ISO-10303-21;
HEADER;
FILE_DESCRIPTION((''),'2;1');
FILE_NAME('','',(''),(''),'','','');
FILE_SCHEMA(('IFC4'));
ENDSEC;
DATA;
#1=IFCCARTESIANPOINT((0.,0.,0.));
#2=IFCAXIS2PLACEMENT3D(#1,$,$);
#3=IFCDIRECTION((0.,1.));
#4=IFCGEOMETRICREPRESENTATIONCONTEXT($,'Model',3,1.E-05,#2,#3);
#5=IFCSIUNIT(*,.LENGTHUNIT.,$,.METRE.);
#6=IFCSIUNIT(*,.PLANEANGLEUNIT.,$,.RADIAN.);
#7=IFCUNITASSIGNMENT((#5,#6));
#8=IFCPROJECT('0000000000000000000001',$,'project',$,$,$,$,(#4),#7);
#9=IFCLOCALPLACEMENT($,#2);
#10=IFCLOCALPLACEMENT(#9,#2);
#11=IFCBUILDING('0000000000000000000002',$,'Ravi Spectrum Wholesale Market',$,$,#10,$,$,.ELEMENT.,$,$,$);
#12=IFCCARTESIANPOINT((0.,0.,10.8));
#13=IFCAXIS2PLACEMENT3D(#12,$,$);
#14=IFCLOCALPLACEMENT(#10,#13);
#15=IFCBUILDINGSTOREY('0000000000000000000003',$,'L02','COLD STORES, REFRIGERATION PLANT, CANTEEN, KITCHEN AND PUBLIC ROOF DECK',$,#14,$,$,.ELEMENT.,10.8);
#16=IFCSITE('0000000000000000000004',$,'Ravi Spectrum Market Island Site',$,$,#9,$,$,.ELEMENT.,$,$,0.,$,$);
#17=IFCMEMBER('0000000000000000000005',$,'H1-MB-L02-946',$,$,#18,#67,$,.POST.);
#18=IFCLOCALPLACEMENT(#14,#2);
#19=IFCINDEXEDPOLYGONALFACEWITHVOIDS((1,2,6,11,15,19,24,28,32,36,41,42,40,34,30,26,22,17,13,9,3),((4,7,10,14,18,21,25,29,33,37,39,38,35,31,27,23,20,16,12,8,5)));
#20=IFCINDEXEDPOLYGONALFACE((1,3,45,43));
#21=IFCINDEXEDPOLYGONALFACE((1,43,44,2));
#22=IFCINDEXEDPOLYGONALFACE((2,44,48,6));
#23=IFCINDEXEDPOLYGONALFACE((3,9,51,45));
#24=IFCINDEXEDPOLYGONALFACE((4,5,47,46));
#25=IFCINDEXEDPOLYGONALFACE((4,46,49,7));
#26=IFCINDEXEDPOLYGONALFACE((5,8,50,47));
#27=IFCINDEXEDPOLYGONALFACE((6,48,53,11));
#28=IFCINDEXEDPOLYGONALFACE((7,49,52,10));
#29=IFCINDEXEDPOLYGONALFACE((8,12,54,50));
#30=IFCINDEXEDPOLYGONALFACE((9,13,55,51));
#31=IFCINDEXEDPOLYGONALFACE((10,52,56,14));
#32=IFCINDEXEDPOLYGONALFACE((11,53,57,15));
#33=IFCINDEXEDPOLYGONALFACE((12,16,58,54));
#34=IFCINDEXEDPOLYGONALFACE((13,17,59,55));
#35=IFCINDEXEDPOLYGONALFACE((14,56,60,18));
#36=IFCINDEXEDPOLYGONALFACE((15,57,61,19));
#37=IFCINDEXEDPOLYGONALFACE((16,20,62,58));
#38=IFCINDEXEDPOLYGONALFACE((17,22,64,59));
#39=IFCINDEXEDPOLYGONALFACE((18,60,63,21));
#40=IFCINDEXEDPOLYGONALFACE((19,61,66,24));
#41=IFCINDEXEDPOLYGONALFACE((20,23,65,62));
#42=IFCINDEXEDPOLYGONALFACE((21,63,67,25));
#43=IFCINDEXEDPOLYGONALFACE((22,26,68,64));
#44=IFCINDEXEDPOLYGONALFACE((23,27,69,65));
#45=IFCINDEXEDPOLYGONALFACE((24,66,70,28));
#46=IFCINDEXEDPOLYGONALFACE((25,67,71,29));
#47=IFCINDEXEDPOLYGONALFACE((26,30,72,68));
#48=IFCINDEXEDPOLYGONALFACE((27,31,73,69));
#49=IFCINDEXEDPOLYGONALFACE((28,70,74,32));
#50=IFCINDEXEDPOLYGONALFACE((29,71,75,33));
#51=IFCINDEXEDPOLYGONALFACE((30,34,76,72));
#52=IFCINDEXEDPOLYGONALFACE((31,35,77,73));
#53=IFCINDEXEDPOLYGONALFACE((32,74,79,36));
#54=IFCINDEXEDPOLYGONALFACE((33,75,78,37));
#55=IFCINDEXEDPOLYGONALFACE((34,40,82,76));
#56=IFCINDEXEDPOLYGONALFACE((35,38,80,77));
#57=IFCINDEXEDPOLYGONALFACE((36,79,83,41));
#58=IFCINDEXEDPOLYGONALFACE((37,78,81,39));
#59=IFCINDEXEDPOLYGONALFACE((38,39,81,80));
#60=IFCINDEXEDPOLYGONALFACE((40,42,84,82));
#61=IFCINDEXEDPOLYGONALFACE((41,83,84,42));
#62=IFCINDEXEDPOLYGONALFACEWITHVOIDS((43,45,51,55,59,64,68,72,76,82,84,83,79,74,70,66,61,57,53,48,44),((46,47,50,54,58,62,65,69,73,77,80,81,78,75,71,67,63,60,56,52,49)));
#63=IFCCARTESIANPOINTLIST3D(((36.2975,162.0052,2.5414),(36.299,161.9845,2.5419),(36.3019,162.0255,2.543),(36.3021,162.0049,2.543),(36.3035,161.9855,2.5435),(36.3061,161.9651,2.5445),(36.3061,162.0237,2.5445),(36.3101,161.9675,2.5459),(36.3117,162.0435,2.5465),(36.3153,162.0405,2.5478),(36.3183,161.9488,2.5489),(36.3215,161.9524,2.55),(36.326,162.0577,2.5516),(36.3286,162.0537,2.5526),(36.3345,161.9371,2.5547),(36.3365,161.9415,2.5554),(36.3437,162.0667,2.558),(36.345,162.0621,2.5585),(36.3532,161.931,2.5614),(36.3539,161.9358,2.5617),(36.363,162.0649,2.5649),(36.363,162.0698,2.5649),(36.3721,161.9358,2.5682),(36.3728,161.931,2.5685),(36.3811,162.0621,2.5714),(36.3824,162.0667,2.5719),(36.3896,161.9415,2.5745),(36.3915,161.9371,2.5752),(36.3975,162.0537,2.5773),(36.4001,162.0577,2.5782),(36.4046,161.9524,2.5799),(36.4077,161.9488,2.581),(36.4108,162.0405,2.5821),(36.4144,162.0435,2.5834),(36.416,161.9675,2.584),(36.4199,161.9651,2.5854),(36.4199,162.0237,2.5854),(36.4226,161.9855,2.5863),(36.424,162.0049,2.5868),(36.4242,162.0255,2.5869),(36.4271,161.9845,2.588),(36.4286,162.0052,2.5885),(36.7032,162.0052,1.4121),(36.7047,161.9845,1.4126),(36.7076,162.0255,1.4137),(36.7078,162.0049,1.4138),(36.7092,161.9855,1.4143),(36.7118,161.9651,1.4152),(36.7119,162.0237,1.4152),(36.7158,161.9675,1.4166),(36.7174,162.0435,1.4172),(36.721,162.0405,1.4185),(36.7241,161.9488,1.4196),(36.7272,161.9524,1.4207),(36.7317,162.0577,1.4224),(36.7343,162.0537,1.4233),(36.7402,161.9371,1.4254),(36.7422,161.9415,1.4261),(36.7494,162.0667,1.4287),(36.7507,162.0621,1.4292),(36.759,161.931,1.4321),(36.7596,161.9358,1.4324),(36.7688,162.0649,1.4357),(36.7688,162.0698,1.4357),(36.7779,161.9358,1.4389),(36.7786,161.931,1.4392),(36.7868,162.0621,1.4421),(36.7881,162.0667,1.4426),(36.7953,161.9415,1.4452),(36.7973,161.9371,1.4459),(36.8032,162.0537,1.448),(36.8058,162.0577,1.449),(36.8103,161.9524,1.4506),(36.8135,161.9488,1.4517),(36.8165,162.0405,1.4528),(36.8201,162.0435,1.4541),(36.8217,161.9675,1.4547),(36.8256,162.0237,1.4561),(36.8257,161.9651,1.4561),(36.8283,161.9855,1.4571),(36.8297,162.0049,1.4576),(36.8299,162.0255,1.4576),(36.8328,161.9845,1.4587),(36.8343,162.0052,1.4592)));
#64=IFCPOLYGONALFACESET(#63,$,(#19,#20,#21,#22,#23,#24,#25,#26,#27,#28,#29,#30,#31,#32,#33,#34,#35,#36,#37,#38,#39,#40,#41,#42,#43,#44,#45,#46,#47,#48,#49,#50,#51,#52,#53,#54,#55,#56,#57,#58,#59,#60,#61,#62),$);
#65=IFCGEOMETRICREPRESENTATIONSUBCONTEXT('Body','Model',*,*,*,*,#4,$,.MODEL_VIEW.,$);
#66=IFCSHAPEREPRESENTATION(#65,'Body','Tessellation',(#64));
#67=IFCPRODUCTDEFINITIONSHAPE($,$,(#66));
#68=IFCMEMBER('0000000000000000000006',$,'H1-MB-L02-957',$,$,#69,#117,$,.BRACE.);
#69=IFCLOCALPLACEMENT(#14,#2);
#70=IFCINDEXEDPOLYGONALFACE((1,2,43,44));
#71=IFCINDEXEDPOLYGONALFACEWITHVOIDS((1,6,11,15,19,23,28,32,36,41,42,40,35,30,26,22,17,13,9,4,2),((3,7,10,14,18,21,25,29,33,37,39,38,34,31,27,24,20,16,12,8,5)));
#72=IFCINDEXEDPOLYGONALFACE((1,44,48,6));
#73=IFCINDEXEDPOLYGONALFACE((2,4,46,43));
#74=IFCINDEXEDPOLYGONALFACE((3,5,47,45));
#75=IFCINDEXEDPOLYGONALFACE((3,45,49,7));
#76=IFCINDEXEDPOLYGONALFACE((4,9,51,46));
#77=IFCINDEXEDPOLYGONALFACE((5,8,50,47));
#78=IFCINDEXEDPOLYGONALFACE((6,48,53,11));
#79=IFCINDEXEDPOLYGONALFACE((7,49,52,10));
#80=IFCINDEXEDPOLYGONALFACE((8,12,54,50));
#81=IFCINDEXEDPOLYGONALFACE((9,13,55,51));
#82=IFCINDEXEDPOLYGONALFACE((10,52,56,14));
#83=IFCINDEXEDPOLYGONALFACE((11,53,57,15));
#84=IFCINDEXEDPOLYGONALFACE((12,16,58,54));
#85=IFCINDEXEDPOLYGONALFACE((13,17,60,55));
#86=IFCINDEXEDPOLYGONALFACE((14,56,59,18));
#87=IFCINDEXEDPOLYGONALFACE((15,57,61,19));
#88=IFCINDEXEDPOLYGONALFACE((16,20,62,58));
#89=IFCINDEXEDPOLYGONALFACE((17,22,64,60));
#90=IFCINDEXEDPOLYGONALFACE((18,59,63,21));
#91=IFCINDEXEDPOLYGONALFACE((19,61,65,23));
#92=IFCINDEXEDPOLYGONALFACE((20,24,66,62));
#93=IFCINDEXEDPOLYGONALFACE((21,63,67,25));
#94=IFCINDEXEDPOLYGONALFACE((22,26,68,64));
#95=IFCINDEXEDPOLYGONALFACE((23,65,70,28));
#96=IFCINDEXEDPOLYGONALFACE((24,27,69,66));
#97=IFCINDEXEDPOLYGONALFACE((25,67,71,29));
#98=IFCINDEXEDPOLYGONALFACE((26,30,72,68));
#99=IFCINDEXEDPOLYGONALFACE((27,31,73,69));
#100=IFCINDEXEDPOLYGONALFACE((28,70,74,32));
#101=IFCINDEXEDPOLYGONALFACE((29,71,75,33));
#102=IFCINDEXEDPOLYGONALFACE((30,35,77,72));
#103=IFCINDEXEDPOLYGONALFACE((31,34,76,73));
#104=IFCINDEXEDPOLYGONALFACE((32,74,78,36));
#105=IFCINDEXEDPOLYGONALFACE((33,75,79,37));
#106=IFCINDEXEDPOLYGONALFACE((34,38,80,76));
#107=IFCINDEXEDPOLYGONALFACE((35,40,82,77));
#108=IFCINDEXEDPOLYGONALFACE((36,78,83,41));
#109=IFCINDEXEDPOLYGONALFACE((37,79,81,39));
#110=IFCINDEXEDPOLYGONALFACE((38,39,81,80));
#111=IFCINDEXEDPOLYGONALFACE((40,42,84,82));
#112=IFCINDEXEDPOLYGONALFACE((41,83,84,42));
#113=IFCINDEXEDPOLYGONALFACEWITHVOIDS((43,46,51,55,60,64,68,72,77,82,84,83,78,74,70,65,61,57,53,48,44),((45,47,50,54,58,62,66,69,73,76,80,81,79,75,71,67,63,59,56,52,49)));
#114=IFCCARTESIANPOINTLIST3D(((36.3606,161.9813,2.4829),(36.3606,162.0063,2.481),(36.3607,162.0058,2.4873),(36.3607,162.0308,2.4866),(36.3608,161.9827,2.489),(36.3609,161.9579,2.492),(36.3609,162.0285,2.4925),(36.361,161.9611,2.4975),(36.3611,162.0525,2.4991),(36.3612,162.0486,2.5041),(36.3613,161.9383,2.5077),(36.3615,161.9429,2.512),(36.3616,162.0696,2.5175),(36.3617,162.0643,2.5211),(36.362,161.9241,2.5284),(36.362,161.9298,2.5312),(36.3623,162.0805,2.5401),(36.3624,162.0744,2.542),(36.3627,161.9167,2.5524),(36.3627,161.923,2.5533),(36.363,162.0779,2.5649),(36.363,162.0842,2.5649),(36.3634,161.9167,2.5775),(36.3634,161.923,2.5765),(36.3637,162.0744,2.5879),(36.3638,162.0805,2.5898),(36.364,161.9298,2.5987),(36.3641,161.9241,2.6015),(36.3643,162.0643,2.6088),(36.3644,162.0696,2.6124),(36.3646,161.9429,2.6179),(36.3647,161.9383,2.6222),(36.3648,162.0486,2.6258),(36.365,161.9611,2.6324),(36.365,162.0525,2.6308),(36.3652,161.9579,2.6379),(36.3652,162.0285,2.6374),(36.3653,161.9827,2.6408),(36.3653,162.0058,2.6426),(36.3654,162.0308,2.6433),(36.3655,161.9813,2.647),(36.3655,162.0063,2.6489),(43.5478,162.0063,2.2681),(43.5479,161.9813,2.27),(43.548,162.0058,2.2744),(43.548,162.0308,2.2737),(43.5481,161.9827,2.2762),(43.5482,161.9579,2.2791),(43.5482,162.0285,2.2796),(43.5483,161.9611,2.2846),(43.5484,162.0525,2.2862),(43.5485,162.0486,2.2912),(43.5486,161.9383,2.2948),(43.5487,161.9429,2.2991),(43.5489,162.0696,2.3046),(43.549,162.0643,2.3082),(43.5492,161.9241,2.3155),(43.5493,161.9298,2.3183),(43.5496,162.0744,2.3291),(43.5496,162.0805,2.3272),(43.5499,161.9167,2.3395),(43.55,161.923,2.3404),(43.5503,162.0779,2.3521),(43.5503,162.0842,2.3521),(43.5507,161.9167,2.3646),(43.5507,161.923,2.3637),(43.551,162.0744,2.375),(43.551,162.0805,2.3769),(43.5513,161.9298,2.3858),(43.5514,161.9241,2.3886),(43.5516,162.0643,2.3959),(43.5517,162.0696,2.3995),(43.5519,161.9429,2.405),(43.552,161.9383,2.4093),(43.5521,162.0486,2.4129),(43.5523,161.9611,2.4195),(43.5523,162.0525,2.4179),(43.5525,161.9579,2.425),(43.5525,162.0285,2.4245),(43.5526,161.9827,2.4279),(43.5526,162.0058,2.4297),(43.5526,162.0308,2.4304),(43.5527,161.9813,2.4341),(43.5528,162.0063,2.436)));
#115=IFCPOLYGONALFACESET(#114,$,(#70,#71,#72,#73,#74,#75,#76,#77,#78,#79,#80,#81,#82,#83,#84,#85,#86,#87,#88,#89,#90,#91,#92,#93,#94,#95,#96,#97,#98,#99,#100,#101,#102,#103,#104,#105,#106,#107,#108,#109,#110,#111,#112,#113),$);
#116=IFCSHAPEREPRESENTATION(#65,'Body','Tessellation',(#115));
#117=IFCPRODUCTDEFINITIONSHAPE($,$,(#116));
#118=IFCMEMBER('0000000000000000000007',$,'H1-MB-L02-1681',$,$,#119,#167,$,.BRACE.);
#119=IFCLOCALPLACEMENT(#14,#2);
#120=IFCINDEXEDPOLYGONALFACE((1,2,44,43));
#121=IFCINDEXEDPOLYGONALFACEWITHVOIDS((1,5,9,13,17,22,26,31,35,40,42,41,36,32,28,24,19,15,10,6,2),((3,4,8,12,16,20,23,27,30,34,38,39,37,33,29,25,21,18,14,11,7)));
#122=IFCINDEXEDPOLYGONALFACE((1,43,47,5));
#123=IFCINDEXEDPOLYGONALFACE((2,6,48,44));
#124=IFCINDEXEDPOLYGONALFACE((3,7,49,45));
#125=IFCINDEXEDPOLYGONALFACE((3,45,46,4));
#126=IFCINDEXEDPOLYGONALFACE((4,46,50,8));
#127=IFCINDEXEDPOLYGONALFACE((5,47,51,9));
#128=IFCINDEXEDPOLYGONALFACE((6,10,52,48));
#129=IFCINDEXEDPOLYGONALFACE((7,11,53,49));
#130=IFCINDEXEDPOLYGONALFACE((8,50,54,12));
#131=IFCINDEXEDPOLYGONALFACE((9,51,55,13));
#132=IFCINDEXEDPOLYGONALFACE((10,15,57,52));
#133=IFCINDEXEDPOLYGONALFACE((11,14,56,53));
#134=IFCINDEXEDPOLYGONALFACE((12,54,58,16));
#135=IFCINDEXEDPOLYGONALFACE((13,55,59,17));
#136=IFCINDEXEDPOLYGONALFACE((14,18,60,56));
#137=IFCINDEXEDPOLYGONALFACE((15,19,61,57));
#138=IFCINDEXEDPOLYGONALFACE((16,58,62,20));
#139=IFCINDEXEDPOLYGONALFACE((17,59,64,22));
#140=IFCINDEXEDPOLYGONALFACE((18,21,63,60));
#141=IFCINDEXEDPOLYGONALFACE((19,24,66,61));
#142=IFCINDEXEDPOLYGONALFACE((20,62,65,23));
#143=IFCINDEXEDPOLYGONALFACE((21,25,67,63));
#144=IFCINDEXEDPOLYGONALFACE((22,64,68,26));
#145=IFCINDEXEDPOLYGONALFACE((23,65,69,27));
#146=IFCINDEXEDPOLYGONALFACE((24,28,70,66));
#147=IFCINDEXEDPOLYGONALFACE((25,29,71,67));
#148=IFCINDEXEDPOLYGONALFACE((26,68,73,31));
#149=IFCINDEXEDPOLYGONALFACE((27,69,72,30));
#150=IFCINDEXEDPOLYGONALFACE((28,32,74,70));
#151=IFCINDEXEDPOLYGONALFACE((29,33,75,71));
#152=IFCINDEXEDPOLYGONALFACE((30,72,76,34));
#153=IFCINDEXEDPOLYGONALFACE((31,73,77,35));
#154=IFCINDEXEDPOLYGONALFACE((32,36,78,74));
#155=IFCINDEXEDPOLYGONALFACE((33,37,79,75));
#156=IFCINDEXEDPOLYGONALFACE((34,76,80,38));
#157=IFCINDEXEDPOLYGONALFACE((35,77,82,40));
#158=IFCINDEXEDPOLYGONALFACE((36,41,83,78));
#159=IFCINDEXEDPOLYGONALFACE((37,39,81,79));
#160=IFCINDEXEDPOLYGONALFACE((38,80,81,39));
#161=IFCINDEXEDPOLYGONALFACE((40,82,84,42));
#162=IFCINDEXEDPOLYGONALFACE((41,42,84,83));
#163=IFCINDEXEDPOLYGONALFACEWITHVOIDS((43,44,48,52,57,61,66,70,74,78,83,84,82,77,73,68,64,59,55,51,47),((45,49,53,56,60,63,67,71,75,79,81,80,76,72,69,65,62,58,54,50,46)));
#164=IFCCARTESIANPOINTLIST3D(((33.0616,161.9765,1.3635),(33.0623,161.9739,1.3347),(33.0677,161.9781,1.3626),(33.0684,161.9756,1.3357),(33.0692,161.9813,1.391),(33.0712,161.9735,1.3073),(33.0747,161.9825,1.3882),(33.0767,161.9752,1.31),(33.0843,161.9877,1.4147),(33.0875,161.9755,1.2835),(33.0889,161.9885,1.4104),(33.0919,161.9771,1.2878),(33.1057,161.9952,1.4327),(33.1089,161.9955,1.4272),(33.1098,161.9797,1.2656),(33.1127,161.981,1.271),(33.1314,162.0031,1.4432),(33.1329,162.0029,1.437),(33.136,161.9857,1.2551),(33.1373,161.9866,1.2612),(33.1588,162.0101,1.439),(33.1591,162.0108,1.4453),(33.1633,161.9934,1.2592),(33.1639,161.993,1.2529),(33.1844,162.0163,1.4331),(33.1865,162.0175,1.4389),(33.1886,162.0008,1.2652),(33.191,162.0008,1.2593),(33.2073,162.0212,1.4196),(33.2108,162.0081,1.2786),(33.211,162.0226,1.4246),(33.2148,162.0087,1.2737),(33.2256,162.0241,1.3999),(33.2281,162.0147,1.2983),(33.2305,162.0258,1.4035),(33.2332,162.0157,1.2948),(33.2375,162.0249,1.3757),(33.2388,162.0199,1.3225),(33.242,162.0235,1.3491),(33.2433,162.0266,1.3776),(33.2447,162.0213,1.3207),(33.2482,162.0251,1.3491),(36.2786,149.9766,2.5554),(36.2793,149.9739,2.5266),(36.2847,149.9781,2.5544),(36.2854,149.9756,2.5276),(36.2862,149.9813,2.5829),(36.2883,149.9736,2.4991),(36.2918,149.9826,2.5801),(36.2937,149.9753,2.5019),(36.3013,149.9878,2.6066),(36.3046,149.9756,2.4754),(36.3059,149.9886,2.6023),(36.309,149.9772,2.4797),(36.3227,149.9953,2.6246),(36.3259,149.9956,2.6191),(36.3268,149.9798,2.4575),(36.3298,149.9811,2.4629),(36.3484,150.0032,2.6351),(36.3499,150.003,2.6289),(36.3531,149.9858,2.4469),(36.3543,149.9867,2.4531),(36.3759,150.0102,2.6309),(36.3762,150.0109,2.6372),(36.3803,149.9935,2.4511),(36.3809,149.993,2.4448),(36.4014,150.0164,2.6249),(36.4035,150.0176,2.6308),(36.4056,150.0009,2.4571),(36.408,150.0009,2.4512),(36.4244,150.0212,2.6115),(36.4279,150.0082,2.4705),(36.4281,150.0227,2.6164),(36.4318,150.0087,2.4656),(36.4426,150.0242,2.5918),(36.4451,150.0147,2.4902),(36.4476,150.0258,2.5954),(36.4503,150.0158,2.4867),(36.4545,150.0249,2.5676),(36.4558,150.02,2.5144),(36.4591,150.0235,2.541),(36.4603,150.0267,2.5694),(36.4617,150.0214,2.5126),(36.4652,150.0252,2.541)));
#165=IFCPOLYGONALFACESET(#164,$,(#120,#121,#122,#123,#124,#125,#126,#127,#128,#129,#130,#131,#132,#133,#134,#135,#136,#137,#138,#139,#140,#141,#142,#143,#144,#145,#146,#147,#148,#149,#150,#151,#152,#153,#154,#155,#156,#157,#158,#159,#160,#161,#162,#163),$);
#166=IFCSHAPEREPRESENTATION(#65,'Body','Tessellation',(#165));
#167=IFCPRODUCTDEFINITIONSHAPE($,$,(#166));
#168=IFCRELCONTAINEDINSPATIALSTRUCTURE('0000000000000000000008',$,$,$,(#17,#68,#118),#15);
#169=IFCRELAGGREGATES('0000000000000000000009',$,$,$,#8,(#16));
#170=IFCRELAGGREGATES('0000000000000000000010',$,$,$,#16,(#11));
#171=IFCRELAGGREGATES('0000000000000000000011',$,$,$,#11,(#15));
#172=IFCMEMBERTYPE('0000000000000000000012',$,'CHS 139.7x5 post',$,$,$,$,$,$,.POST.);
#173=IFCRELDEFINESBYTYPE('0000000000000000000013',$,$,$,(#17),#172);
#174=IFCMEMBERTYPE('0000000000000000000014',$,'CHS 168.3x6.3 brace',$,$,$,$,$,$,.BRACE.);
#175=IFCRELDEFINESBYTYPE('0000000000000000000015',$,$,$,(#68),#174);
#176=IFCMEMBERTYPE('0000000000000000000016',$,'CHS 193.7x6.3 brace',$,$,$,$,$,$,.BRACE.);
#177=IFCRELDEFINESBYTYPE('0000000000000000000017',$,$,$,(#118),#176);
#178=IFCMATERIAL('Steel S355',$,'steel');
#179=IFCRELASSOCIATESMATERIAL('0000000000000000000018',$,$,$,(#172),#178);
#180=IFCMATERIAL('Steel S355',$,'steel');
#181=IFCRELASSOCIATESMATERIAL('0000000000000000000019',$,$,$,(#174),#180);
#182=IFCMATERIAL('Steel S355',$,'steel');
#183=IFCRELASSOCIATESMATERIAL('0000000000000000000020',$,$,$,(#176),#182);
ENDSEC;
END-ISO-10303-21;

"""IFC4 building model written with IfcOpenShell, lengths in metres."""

from ifc_helpers import new_model, si_unit, direction, frame, origin, origin_2d, place, context, subcontext, project, spatial, hollow_circle, extrude, material, material_profile, profile_set, type_object, element, save


model = new_model("IFC4")

# Units and contexts
model_context = context("Model", 3, precision=1e-05, world=origin(), true_north=direction((0.0, 1.0)))
body_context = subcontext(model_context, "Body", "Model", "MODEL_VIEW")
ifc_project = project(units=[si_unit("LENGTHUNIT", "METRE"), si_unit("PLANEANGLEUNIT", "RADIAN")], contexts=[model_context])

# Site, building, storey
site_placement = place(None, origin())
site = spatial("IfcSite", under=ifc_project, at=site_placement, Name="Ravi Spectrum Market Island Site", CompositionType="ELEMENT", RefElevation=0.0)
building_placement = place(site_placement, origin())
building = spatial("IfcBuilding", under=site, at=building_placement, Name="Ravi Spectrum Wholesale Market", CompositionType="ELEMENT")
storey_placement = place(building_placement, frame((0.0, 0.0, 10.8)))
storey = spatial("IfcBuildingStorey", under=building, at=storey_placement, Name="L02", Description="COLD STORES, REFRIGERATION PLANT, CANTEEN, KITCHEN AND PUBLIC ROOF DECK", CompositionType="ELEMENT", Elevation=10.8)

# Members
ifc_material_1 = material(Name="Steel S355", Category="steel")
ifc_material_profile_1 = material_profile(ifc_material_1, hollow_circle(Radius=0.0698, WallThickness=0.0049, at=origin_2d()))
ifc_profile_set_1 = profile_set([ifc_material_profile_1], Name="Steel S355")
member_type_1 = type_object("IfcMemberType", Name="CHS 139.7x5 post", PredefinedType="POST", material=ifc_profile_set_1)
member_1_placement = place(storey_placement, frame((36.363, 162.0, 2.5649), z_axis=(0.338114, 0.0, -0.941105), x_axis=(0.0, 1.0, 0.0)))
element("IfcMember", 1, at=member_1_placement, inside=storey, type_object=member_type_1, Name="H1-MB-L02-946", PredefinedType="POST", context=body_context, shape_type="SweptSolid", body=[
    extrude(hollow_circle(Radius=0.0698, WallThickness=0.0049, at=origin_2d()), origin(), (0.0, 0.0, 1.0), 1.2),
])
ifc_material_2 = material(Name="Steel S355", Category="steel")
ifc_material_profile_2 = material_profile(ifc_material_2, hollow_circle(Radius=0.0842, WallThickness=0.0063, at=origin_2d()))
ifc_profile_set_2 = profile_set([ifc_material_profile_2], Name="Steel S355")
member_type_2 = type_object("IfcMemberType", Name="CHS 168.3x6.3 brace", PredefinedType="BRACE", material=ifc_profile_set_2)
member_2_placement = place(storey_placement, frame((36.363, 162.0, 2.5649), z_axis=(0.999562, 0.0, -0.029608), x_axis=(0.0, 1.0, 0.0)))
element("IfcMember", 2, at=member_2_placement, inside=storey, type_object=member_type_2, Name="H1-MB-L02-957", PredefinedType="BRACE", context=body_context, shape_type="SweptSolid", body=[
    extrude(hollow_circle(Radius=0.0842, WallThickness=0.0063, at=origin_2d()), origin(), (0.0, 0.0, 1.0), 7.1904),
])
ifc_material_3 = material(Name="Steel S355", Category="steel")
ifc_material_profile_3 = material_profile(ifc_material_3, hollow_circle(Radius=0.0969, WallThickness=0.0063, at=origin_2d()))
ifc_profile_set_3 = profile_set([ifc_material_profile_3], Name="Steel S355")
member_type_3 = type_object("IfcMemberType", Name="CHS 193.7x6.3 brace", PredefinedType="BRACE", material=ifc_profile_set_3)
member_3_placement = place(storey_placement, frame((33.1545, 162.0, 1.3491), z_axis=(0.25776, -0.961478, 0.095498), x_axis=(0.965893, 0.258943, 0.0)))
element("IfcMember", 3, at=member_3_placement, inside=storey, type_object=member_type_3, Name="H1-MB-L02-1681", PredefinedType="BRACE", context=body_context, shape_type="SweptSolid", body=[
    extrude(hollow_circle(Radius=0.0969, WallThickness=0.0063, at=origin_2d()), origin(), (0.0, 0.0, 1.0), 12.4807),
])

save(model, "model.ifc")
